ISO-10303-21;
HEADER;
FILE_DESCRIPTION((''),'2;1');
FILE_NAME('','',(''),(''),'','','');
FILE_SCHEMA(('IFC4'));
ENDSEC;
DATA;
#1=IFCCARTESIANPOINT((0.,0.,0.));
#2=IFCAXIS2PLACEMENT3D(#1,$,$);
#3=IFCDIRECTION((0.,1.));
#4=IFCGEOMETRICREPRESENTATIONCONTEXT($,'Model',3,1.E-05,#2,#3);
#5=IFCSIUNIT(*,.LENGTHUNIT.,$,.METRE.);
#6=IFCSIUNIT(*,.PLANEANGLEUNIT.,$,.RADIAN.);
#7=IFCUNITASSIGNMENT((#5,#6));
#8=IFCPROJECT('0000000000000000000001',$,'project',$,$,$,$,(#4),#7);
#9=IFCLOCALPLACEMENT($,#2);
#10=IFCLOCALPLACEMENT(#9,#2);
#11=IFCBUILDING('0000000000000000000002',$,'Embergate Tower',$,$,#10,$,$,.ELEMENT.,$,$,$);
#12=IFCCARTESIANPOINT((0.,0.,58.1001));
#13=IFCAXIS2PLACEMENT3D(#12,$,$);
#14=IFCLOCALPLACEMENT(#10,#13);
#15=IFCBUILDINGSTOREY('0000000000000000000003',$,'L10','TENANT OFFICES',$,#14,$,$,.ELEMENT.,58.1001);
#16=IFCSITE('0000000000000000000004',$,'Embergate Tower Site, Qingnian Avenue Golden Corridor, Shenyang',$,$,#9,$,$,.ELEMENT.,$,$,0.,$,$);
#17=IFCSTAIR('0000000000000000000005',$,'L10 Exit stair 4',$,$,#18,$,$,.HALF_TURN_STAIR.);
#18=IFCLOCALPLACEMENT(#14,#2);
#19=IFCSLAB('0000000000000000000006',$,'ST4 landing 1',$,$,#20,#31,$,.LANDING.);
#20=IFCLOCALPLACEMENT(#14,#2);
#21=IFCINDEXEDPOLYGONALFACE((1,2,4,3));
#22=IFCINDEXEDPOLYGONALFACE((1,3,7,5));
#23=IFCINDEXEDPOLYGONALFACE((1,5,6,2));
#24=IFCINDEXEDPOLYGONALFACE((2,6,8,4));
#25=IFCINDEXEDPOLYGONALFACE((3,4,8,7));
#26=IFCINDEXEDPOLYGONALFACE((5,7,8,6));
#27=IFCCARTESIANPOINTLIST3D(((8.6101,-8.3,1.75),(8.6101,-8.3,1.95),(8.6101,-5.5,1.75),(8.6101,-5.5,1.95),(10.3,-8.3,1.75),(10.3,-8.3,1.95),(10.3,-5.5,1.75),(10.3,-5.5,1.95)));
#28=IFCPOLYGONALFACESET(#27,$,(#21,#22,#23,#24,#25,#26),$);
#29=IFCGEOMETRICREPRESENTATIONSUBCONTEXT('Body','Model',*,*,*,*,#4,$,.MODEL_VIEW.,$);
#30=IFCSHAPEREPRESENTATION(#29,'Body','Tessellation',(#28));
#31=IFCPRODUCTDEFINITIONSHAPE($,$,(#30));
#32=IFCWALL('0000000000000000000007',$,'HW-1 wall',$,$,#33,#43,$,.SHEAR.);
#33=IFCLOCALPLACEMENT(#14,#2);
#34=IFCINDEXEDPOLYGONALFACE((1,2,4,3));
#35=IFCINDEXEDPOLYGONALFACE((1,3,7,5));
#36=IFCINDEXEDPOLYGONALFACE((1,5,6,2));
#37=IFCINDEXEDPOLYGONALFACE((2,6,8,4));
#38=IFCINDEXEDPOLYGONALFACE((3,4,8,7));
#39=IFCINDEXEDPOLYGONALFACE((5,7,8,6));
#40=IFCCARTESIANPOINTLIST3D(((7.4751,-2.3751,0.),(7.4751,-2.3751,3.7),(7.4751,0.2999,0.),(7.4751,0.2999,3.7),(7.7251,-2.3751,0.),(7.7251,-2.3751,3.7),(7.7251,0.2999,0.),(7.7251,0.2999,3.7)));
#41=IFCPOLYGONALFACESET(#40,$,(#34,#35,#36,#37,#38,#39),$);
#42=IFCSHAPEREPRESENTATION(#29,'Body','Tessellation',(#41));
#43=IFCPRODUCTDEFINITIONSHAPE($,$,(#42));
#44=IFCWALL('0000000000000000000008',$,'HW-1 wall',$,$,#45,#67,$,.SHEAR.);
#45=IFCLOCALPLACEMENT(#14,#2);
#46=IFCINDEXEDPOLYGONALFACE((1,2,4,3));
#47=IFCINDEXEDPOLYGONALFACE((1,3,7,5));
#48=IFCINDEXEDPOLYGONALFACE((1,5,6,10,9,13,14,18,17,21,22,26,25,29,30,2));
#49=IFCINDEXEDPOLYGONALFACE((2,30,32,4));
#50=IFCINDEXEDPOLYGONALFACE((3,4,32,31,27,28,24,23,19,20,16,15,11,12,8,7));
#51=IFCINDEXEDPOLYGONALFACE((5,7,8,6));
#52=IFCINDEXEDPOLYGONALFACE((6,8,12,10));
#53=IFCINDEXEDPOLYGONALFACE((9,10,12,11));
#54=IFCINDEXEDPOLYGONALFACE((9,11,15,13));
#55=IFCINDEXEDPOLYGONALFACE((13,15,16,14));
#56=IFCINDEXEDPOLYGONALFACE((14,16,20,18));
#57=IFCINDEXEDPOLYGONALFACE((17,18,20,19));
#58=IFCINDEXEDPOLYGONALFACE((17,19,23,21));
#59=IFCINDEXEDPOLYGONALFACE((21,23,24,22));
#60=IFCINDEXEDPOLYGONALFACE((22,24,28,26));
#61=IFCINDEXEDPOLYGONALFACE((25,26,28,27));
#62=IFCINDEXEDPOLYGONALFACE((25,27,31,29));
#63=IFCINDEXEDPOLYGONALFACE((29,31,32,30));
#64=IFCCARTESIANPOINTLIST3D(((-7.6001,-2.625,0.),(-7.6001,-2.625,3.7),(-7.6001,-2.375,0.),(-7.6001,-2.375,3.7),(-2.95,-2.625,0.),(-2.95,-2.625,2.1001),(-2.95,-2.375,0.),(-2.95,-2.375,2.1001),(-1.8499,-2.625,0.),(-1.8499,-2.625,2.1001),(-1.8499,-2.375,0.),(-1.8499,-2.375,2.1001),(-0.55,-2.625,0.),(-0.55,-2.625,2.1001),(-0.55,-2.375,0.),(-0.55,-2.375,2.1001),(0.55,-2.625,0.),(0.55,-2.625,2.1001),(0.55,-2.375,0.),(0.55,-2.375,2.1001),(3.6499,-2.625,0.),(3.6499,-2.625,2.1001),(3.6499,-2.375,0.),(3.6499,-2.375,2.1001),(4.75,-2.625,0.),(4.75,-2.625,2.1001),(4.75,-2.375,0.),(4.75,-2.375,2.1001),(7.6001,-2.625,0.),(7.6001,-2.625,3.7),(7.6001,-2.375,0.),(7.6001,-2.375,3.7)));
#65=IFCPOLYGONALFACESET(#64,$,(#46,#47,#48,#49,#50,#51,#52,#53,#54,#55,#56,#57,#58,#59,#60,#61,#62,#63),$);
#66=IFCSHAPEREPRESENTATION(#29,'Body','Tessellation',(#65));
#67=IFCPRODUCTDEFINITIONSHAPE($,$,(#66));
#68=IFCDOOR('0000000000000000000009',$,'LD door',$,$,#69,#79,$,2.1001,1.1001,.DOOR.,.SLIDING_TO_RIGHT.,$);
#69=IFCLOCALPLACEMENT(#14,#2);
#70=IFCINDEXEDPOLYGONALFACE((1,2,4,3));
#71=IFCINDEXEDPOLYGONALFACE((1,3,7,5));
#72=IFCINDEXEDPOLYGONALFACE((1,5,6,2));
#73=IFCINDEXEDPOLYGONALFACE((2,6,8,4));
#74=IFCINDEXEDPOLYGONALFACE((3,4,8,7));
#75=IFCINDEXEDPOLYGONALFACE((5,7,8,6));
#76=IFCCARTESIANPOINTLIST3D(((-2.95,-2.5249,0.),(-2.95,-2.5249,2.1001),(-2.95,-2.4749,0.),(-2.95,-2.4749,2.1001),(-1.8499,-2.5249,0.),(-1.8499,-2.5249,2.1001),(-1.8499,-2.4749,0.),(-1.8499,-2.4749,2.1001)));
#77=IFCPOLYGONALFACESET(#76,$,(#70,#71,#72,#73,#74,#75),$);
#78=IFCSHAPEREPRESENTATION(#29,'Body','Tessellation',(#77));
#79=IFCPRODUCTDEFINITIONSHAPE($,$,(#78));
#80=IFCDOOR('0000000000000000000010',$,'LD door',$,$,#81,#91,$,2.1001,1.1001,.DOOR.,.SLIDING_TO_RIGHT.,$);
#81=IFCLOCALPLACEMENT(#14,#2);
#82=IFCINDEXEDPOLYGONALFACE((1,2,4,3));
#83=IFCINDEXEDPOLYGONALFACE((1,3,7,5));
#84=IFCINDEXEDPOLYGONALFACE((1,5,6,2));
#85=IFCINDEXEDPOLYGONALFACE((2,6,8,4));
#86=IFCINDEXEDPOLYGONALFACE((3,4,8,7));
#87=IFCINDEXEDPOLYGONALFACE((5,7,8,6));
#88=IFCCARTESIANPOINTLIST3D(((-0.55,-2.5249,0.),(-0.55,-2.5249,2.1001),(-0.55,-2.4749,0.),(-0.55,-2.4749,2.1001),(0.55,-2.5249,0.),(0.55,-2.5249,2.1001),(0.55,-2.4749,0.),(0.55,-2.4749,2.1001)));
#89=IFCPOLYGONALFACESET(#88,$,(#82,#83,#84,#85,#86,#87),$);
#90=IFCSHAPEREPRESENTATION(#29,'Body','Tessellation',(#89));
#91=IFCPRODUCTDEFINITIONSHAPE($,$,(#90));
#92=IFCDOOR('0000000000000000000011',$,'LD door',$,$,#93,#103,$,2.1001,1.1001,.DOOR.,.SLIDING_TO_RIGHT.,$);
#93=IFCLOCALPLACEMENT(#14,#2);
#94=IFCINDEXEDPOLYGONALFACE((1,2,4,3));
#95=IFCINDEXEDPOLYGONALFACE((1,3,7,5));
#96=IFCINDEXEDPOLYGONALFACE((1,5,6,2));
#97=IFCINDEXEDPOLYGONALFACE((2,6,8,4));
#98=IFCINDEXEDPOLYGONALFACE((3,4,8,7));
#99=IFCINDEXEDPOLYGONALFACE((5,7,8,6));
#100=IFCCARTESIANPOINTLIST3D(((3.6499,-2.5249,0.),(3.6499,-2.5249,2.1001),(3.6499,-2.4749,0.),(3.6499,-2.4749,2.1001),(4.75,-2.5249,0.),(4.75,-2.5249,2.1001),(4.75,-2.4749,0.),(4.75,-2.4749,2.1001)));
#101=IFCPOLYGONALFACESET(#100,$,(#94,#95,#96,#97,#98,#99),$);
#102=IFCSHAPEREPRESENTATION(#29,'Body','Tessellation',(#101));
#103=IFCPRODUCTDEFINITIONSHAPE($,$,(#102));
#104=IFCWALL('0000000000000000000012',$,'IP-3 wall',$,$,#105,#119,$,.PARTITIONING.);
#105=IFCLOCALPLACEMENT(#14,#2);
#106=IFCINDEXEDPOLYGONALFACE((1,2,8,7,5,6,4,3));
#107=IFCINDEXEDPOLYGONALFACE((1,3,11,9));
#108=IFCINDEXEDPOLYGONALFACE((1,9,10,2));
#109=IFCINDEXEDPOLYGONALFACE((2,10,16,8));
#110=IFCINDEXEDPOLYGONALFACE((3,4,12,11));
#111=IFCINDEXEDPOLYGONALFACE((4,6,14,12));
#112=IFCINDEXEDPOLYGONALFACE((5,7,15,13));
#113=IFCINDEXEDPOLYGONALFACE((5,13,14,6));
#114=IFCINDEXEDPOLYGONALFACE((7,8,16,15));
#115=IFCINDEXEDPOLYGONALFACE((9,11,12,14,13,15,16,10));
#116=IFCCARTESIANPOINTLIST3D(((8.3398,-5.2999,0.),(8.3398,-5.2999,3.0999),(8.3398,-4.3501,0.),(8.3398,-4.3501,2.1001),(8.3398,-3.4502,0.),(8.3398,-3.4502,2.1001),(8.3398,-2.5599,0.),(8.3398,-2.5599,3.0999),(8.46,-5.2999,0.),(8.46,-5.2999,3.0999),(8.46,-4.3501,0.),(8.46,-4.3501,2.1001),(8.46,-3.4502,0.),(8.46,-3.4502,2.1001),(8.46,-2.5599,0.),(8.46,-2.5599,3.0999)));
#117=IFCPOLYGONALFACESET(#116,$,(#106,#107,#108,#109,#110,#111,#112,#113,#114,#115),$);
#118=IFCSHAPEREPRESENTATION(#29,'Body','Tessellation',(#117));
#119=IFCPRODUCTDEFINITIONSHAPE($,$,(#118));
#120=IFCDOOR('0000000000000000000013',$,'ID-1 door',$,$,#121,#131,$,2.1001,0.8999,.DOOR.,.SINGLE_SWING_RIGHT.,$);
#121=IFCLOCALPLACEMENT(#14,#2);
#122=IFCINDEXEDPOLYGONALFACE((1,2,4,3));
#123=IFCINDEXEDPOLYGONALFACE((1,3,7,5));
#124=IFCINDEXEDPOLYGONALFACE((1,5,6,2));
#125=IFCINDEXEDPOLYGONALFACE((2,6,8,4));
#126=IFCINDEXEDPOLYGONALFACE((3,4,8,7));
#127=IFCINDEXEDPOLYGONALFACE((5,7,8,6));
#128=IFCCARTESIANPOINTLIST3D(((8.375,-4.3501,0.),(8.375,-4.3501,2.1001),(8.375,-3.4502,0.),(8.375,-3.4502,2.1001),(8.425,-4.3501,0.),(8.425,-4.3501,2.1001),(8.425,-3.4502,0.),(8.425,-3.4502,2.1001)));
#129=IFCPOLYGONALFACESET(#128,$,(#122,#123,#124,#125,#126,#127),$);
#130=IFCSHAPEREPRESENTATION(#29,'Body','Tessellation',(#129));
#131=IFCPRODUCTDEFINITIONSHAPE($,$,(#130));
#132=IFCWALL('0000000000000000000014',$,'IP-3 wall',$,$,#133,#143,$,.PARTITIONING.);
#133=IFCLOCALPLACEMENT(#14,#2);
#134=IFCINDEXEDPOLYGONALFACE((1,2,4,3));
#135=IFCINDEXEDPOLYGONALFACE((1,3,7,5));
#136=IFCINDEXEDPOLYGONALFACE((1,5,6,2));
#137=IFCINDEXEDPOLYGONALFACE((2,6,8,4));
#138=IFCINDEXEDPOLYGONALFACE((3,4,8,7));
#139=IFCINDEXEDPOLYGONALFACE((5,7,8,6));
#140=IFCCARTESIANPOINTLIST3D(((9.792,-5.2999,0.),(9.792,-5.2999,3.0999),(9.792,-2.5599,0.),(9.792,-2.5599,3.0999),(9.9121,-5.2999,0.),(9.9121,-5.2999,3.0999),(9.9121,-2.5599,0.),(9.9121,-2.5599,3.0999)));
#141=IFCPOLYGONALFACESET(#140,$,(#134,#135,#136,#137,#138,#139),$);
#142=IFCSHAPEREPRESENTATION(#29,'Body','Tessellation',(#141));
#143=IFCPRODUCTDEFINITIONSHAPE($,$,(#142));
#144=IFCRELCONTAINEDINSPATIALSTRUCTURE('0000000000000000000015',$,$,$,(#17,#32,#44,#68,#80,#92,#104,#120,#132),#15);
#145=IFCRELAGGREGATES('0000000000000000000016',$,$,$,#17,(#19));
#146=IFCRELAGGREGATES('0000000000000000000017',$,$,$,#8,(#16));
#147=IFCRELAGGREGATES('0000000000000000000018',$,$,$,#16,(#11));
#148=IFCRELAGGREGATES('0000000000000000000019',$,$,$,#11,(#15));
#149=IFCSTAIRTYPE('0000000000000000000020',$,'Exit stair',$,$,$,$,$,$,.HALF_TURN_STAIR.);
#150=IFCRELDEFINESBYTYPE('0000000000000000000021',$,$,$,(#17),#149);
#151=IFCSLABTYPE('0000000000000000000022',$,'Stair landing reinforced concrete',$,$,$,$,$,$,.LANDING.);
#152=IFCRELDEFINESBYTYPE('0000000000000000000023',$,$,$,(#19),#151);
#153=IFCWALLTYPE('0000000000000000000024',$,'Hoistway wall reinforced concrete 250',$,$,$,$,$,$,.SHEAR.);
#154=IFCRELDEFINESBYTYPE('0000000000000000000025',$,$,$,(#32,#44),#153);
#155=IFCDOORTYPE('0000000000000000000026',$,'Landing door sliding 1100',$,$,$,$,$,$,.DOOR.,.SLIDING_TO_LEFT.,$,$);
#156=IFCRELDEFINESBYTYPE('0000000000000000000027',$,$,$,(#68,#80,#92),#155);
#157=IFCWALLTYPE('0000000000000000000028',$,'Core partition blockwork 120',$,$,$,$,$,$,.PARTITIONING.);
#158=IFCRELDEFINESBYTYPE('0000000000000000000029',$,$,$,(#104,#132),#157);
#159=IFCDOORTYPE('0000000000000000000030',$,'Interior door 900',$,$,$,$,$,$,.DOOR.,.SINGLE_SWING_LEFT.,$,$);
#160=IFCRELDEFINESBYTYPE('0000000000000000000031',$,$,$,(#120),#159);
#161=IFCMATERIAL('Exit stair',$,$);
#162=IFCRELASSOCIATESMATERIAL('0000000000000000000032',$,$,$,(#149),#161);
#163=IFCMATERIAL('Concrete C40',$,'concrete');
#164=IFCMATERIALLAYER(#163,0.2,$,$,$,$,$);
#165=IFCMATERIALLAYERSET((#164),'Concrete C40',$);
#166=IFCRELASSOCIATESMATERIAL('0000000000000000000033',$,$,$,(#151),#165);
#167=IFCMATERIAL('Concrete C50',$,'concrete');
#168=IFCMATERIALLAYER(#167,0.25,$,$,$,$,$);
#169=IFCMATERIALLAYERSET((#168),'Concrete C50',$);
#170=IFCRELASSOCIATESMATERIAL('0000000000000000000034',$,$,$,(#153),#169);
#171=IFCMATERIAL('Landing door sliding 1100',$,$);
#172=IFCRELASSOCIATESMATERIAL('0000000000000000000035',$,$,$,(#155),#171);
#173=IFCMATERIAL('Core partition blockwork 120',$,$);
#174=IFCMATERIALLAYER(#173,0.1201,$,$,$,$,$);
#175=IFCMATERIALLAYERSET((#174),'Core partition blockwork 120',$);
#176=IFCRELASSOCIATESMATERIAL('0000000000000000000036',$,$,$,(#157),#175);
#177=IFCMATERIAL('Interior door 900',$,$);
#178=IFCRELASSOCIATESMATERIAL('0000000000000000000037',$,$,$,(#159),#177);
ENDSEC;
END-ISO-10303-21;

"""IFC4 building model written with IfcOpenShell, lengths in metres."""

from ifc_helpers import new_model, si_unit, direction, frame, frame_2d, origin, place, context, subcontext, project, spatial, polyline, rectangle, outline, extrude, source, transform, mapped, material, layer, layer_set, type_object, element, fill, aggregate, save


model = new_model("IFC4")

# Units and contexts
model_context = context("Model", 3, precision=1e-05, world=origin(), true_north=direction((0.0, 1.0)))
body_context = subcontext(model_context, "Body", "Model", "MODEL_VIEW")
ifc_project = project(units=[si_unit("LENGTHUNIT", "METRE"), si_unit("PLANEANGLEUNIT", "RADIAN")], contexts=[model_context])

# Site, building, storey
site_placement = place(None, origin())
site = spatial("IfcSite", under=ifc_project, at=site_placement, Name="Embergate Tower Site, Qingnian Avenue Golden Corridor, Shenyang", CompositionType="ELEMENT", RefElevation=0.0)
building_placement = place(site_placement, origin())
building = spatial("IfcBuilding", under=site, at=building_placement, Name="Embergate Tower", CompositionType="ELEMENT")
storey_placement = place(building_placement, frame((0.0, 0.0, 58.1001)))
storey = spatial("IfcBuildingStorey", under=building, at=storey_placement, Name="L10", Description="TENANT OFFICES", CompositionType="ELEMENT", Elevation=58.1001)

# Stair, slab
ifc_material_1 = material(Name="Exit stair")
stair_type = type_object("IfcStairType", Name="Exit stair", PredefinedType="HALF_TURN_STAIR", material=ifc_material_1)
stair_placement = place(storey_placement, origin())
stair = element("IfcStair", 1, at=stair_placement, inside=storey, type_object=stair_type, Name="L10 Exit stair 4", PredefinedType="HALF_TURN_STAIR")
ifc_material_2 = material(Name="Concrete C40", Category="concrete")
ifc_layer_1 = layer(ifc_material_2, 0.2)
ifc_layer_set_1 = layer_set([ifc_layer_1], Name="Concrete C40")
slab_type = type_object("IfcSlabType", Name="Stair landing reinforced concrete", PredefinedType="LANDING", material=ifc_layer_set_1)
shared_shape_1 = source(origin(), body_context, "Body", "SweptSolid", [
    extrude(outline(polyline([(0.0, 0.0), (1.6899, 0.0), (1.6899, 2.8), (0.0, 2.8), (0.0, 0.0)])), origin(), (0.0, 0.0, 1.0), 0.2),
])
slab_placement = place(storey_placement, frame((8.6101, -8.3, 1.75)))
slab = element("IfcSlab", 2, at=slab_placement, type_object=slab_type, Name="ST4 landing 1", PredefinedType="LANDING", context=body_context, shape_type="MappedRepresentation", body=[
    mapped(shared_shape_1, transform((0.0, 0.0, 0.0))),
])

# Wall
ifc_material_3 = material(Name="Concrete C50", Category="concrete")
ifc_layer_2 = layer(ifc_material_3, 0.25)
ifc_layer_set_2 = layer_set([ifc_layer_2], Name="Concrete C50")
wall_type_1 = type_object("IfcWallType", Name="Hoistway wall reinforced concrete 250", PredefinedType="SHEAR", material=ifc_layer_set_2)
shared_shape_2 = source(origin(), body_context, "Body", "SweptSolid", [
    extrude(rectangle(XDim=2.675, YDim=0.25, at=frame_2d((1.3374, 0.0))), origin(), (0.0, 0.0, 1.0), 3.7),
])
wall_1_placement = place(storey_placement, frame((7.6001, -2.375, 0.0), z_axis=(0.0, 0.0, 1.0), x_axis=(0.0, 1.0, 0.0)))
element("IfcWall", 3, at=wall_1_placement, inside=storey, type_object=wall_type_1, Name="HW-1 wall", PredefinedType="SHEAR", context=body_context, shape_type="MappedRepresentation", body=[
    mapped(shared_shape_2, transform((0.0, 0.0, 0.0))),
])

# Wall, openings, doors
shared_shape_3 = source(origin(), body_context, "Body", "SweptSolid", [
    extrude(rectangle(XDim=15.2002, YDim=0.25, at=frame_2d((7.6001, 0.0))), origin(), (0.0, 0.0, 1.0), 3.7),
])
wall_2_placement = place(storey_placement, frame((7.6001, -2.5, 0.0), z_axis=(0.0, 0.0, 1.0), x_axis=(-1.0, 0.0, 0.0)))
wall_2 = element("IfcWall", 4, at=wall_2_placement, inside=storey, type_object=wall_type_1, Name="HW-1 wall", PredefinedType="SHEAR", context=body_context, shape_type="MappedRepresentation", body=[
    mapped(shared_shape_3, transform((0.0, 0.0, 0.0))),
])
shared_shape_4 = source(origin(), body_context, "Body", "SweptSolid", [
    extrude(rectangle(XDim=1.1001, YDim=2.1001, at=frame_2d((0.55, 1.05))), frame((0.0, 0.135, 0.0), z_axis=(0.0, -1.0, 0.0), x_axis=(1.0, 0.0, 0.0)), (0.0, 0.0, 1.0), 0.27),
])
opening_1_placement = place(wall_2_placement, frame((9.45, 0.0, 0.0)))
opening_1 = element("IfcOpeningElement", 5, at=opening_1_placement, cuts=wall_2, PredefinedType="OPENING", context=body_context, shape_type="MappedRepresentation", body=[
    mapped(shared_shape_4, transform((0.0, 0.0, 0.0))),
])
opening_2_placement = place(wall_2_placement, frame((7.05, 0.0, 0.0)))
opening_2 = element("IfcOpeningElement", 6, at=opening_2_placement, cuts=wall_2, PredefinedType="OPENING", context=body_context, shape_type="MappedRepresentation", body=[
    mapped(shared_shape_4, transform((0.0, 0.0, 0.0))),
])
opening_3_placement = place(wall_2_placement, frame((2.8501, 0.0, 0.0)))
opening_3 = element("IfcOpeningElement", 7, at=opening_3_placement, cuts=wall_2, PredefinedType="OPENING", context=body_context, shape_type="MappedRepresentation", body=[
    mapped(shared_shape_4, transform((0.0, 0.0, 0.0))),
])
ifc_material_4 = material(Name="Landing door sliding 1100")
door_type_1 = type_object("IfcDoorType", Name="Landing door sliding 1100", OperationType="SLIDING_TO_LEFT", PredefinedType="DOOR", material=ifc_material_4)
shared_shape_5 = source(origin(), body_context, "Body", "SweptSolid", [
    extrude(rectangle(XDim=1.1001, YDim=2.1001, at=frame_2d((0.55, 1.05))), frame((0.0, 0.0249, 0.0), z_axis=(0.0, -1.0, 0.0), x_axis=(1.0, 0.0, 0.0)), (0.0, 0.0, 1.0), 0.05),
])
door_1_placement = place(opening_1_placement, origin())
door_1 = element("IfcDoor", 8, at=door_1_placement, inside=storey, type_object=door_type_1, Name="LD door", OperationType="SLIDING_TO_RIGHT", OverallHeight=2.1001, OverallWidth=1.1001, PredefinedType="DOOR", context=body_context, shape_type="MappedRepresentation", body=[
    mapped(shared_shape_5, transform((0.0, 0.0, 0.0))),
])
fill(opening_1, door_1)
door_2_placement = place(opening_2_placement, origin())
door_2 = element("IfcDoor", 9, at=door_2_placement, inside=storey, type_object=door_type_1, Name="LD door", OperationType="SLIDING_TO_RIGHT", OverallHeight=2.1001, OverallWidth=1.1001, PredefinedType="DOOR", context=body_context, shape_type="MappedRepresentation", body=[
    mapped(shared_shape_5, transform((0.0, 0.0, 0.0))),
])
fill(opening_2, door_2)
door_3_placement = place(opening_3_placement, origin())
door_3 = element("IfcDoor", 10, at=door_3_placement, inside=storey, type_object=door_type_1, Name="LD door", OperationType="SLIDING_TO_RIGHT", OverallHeight=2.1001, OverallWidth=1.1001, PredefinedType="DOOR", context=body_context, shape_type="MappedRepresentation", body=[
    mapped(shared_shape_5, transform((0.0, 0.0, 0.0))),
])
fill(opening_3, door_3)

# Wall, opening, door
ifc_material_5 = material(Name="Core partition blockwork 120")
ifc_layer_3 = layer(ifc_material_5, 0.1201)
ifc_layer_set_3 = layer_set([ifc_layer_3], Name="Core partition blockwork 120")
wall_type_2 = type_object("IfcWallType", Name="Core partition blockwork 120", PredefinedType="PARTITIONING", material=ifc_layer_set_3)
shared_shape_6 = source(origin(), body_context, "Body", "SweptSolid", [
    extrude(rectangle(XDim=2.74, YDim=0.1201, at=frame_2d((1.3701, 0.0))), origin(), (0.0, 0.0, 1.0), 3.0999),
])
wall_3_placement = place(storey_placement, frame((8.3999, -5.3, 0.0), z_axis=(0.0, 0.0, 1.0), x_axis=(0.0, 1.0, 0.0)))
wall_3 = element("IfcWall", 11, at=wall_3_placement, inside=storey, type_object=wall_type_2, Name="IP-3 wall", PredefinedType="PARTITIONING", context=body_context, shape_type="MappedRepresentation", body=[
    mapped(shared_shape_6, transform((0.0, 0.0, 0.0))),
])
shared_shape_7 = source(origin(), body_context, "Body", "SweptSolid", [
    extrude(rectangle(XDim=0.8999, YDim=2.1001, at=frame_2d((0.45, 1.05))), frame((0.0, 0.0701, 0.0), z_axis=(0.0, -1.0, 0.0), x_axis=(1.0, 0.0, 0.0)), (0.0, 0.0, 1.0), 0.1401),
])
opening_4_placement = place(wall_3_placement, frame((0.95, 0.0, 0.0)))
opening_4 = element("IfcOpeningElement", 12, at=opening_4_placement, cuts=wall_3, PredefinedType="OPENING", context=body_context, shape_type="MappedRepresentation", body=[
    mapped(shared_shape_7, transform((0.0, 0.0, 0.0))),
])
ifc_material_6 = material(Name="Interior door 900")
door_type_2 = type_object("IfcDoorType", Name="Interior door 900", OperationType="SINGLE_SWING_LEFT", PredefinedType="DOOR", material=ifc_material_6)
shared_shape_8 = source(origin(), body_context, "Body", "SweptSolid", [
    extrude(rectangle(XDim=0.8999, YDim=2.1001, at=frame_2d((0.45, 1.05))), frame((0.0, 0.0249, 0.0), z_axis=(0.0, -1.0, 0.0), x_axis=(1.0, 0.0, 0.0)), (0.0, 0.0, 1.0), 0.05),
])
door_4_placement = place(opening_4_placement, origin())
door_4 = element("IfcDoor", 13, at=door_4_placement, inside=storey, type_object=door_type_2, Name="ID-1 door", OperationType="SINGLE_SWING_RIGHT", OverallHeight=2.1001, OverallWidth=0.8999, PredefinedType="DOOR", context=body_context, shape_type="MappedRepresentation", body=[
    mapped(shared_shape_8, transform((0.0, 0.0, 0.0))),
])
fill(opening_4, door_4)

# Wall
wall_4_placement = place(storey_placement, frame((9.8521, -5.3, 0.0), z_axis=(0.0, 0.0, 1.0), x_axis=(0.0, 1.0, 0.0)))
element("IfcWall", 14, at=wall_4_placement, inside=storey, type_object=wall_type_2, Name="IP-3 wall", PredefinedType="PARTITIONING", context=body_context, shape_type="MappedRepresentation", body=[
    mapped(shared_shape_6, transform((0.0, 0.0, 0.0))),
])

aggregate(stair, [slab])

save(model, "model.ifc")
